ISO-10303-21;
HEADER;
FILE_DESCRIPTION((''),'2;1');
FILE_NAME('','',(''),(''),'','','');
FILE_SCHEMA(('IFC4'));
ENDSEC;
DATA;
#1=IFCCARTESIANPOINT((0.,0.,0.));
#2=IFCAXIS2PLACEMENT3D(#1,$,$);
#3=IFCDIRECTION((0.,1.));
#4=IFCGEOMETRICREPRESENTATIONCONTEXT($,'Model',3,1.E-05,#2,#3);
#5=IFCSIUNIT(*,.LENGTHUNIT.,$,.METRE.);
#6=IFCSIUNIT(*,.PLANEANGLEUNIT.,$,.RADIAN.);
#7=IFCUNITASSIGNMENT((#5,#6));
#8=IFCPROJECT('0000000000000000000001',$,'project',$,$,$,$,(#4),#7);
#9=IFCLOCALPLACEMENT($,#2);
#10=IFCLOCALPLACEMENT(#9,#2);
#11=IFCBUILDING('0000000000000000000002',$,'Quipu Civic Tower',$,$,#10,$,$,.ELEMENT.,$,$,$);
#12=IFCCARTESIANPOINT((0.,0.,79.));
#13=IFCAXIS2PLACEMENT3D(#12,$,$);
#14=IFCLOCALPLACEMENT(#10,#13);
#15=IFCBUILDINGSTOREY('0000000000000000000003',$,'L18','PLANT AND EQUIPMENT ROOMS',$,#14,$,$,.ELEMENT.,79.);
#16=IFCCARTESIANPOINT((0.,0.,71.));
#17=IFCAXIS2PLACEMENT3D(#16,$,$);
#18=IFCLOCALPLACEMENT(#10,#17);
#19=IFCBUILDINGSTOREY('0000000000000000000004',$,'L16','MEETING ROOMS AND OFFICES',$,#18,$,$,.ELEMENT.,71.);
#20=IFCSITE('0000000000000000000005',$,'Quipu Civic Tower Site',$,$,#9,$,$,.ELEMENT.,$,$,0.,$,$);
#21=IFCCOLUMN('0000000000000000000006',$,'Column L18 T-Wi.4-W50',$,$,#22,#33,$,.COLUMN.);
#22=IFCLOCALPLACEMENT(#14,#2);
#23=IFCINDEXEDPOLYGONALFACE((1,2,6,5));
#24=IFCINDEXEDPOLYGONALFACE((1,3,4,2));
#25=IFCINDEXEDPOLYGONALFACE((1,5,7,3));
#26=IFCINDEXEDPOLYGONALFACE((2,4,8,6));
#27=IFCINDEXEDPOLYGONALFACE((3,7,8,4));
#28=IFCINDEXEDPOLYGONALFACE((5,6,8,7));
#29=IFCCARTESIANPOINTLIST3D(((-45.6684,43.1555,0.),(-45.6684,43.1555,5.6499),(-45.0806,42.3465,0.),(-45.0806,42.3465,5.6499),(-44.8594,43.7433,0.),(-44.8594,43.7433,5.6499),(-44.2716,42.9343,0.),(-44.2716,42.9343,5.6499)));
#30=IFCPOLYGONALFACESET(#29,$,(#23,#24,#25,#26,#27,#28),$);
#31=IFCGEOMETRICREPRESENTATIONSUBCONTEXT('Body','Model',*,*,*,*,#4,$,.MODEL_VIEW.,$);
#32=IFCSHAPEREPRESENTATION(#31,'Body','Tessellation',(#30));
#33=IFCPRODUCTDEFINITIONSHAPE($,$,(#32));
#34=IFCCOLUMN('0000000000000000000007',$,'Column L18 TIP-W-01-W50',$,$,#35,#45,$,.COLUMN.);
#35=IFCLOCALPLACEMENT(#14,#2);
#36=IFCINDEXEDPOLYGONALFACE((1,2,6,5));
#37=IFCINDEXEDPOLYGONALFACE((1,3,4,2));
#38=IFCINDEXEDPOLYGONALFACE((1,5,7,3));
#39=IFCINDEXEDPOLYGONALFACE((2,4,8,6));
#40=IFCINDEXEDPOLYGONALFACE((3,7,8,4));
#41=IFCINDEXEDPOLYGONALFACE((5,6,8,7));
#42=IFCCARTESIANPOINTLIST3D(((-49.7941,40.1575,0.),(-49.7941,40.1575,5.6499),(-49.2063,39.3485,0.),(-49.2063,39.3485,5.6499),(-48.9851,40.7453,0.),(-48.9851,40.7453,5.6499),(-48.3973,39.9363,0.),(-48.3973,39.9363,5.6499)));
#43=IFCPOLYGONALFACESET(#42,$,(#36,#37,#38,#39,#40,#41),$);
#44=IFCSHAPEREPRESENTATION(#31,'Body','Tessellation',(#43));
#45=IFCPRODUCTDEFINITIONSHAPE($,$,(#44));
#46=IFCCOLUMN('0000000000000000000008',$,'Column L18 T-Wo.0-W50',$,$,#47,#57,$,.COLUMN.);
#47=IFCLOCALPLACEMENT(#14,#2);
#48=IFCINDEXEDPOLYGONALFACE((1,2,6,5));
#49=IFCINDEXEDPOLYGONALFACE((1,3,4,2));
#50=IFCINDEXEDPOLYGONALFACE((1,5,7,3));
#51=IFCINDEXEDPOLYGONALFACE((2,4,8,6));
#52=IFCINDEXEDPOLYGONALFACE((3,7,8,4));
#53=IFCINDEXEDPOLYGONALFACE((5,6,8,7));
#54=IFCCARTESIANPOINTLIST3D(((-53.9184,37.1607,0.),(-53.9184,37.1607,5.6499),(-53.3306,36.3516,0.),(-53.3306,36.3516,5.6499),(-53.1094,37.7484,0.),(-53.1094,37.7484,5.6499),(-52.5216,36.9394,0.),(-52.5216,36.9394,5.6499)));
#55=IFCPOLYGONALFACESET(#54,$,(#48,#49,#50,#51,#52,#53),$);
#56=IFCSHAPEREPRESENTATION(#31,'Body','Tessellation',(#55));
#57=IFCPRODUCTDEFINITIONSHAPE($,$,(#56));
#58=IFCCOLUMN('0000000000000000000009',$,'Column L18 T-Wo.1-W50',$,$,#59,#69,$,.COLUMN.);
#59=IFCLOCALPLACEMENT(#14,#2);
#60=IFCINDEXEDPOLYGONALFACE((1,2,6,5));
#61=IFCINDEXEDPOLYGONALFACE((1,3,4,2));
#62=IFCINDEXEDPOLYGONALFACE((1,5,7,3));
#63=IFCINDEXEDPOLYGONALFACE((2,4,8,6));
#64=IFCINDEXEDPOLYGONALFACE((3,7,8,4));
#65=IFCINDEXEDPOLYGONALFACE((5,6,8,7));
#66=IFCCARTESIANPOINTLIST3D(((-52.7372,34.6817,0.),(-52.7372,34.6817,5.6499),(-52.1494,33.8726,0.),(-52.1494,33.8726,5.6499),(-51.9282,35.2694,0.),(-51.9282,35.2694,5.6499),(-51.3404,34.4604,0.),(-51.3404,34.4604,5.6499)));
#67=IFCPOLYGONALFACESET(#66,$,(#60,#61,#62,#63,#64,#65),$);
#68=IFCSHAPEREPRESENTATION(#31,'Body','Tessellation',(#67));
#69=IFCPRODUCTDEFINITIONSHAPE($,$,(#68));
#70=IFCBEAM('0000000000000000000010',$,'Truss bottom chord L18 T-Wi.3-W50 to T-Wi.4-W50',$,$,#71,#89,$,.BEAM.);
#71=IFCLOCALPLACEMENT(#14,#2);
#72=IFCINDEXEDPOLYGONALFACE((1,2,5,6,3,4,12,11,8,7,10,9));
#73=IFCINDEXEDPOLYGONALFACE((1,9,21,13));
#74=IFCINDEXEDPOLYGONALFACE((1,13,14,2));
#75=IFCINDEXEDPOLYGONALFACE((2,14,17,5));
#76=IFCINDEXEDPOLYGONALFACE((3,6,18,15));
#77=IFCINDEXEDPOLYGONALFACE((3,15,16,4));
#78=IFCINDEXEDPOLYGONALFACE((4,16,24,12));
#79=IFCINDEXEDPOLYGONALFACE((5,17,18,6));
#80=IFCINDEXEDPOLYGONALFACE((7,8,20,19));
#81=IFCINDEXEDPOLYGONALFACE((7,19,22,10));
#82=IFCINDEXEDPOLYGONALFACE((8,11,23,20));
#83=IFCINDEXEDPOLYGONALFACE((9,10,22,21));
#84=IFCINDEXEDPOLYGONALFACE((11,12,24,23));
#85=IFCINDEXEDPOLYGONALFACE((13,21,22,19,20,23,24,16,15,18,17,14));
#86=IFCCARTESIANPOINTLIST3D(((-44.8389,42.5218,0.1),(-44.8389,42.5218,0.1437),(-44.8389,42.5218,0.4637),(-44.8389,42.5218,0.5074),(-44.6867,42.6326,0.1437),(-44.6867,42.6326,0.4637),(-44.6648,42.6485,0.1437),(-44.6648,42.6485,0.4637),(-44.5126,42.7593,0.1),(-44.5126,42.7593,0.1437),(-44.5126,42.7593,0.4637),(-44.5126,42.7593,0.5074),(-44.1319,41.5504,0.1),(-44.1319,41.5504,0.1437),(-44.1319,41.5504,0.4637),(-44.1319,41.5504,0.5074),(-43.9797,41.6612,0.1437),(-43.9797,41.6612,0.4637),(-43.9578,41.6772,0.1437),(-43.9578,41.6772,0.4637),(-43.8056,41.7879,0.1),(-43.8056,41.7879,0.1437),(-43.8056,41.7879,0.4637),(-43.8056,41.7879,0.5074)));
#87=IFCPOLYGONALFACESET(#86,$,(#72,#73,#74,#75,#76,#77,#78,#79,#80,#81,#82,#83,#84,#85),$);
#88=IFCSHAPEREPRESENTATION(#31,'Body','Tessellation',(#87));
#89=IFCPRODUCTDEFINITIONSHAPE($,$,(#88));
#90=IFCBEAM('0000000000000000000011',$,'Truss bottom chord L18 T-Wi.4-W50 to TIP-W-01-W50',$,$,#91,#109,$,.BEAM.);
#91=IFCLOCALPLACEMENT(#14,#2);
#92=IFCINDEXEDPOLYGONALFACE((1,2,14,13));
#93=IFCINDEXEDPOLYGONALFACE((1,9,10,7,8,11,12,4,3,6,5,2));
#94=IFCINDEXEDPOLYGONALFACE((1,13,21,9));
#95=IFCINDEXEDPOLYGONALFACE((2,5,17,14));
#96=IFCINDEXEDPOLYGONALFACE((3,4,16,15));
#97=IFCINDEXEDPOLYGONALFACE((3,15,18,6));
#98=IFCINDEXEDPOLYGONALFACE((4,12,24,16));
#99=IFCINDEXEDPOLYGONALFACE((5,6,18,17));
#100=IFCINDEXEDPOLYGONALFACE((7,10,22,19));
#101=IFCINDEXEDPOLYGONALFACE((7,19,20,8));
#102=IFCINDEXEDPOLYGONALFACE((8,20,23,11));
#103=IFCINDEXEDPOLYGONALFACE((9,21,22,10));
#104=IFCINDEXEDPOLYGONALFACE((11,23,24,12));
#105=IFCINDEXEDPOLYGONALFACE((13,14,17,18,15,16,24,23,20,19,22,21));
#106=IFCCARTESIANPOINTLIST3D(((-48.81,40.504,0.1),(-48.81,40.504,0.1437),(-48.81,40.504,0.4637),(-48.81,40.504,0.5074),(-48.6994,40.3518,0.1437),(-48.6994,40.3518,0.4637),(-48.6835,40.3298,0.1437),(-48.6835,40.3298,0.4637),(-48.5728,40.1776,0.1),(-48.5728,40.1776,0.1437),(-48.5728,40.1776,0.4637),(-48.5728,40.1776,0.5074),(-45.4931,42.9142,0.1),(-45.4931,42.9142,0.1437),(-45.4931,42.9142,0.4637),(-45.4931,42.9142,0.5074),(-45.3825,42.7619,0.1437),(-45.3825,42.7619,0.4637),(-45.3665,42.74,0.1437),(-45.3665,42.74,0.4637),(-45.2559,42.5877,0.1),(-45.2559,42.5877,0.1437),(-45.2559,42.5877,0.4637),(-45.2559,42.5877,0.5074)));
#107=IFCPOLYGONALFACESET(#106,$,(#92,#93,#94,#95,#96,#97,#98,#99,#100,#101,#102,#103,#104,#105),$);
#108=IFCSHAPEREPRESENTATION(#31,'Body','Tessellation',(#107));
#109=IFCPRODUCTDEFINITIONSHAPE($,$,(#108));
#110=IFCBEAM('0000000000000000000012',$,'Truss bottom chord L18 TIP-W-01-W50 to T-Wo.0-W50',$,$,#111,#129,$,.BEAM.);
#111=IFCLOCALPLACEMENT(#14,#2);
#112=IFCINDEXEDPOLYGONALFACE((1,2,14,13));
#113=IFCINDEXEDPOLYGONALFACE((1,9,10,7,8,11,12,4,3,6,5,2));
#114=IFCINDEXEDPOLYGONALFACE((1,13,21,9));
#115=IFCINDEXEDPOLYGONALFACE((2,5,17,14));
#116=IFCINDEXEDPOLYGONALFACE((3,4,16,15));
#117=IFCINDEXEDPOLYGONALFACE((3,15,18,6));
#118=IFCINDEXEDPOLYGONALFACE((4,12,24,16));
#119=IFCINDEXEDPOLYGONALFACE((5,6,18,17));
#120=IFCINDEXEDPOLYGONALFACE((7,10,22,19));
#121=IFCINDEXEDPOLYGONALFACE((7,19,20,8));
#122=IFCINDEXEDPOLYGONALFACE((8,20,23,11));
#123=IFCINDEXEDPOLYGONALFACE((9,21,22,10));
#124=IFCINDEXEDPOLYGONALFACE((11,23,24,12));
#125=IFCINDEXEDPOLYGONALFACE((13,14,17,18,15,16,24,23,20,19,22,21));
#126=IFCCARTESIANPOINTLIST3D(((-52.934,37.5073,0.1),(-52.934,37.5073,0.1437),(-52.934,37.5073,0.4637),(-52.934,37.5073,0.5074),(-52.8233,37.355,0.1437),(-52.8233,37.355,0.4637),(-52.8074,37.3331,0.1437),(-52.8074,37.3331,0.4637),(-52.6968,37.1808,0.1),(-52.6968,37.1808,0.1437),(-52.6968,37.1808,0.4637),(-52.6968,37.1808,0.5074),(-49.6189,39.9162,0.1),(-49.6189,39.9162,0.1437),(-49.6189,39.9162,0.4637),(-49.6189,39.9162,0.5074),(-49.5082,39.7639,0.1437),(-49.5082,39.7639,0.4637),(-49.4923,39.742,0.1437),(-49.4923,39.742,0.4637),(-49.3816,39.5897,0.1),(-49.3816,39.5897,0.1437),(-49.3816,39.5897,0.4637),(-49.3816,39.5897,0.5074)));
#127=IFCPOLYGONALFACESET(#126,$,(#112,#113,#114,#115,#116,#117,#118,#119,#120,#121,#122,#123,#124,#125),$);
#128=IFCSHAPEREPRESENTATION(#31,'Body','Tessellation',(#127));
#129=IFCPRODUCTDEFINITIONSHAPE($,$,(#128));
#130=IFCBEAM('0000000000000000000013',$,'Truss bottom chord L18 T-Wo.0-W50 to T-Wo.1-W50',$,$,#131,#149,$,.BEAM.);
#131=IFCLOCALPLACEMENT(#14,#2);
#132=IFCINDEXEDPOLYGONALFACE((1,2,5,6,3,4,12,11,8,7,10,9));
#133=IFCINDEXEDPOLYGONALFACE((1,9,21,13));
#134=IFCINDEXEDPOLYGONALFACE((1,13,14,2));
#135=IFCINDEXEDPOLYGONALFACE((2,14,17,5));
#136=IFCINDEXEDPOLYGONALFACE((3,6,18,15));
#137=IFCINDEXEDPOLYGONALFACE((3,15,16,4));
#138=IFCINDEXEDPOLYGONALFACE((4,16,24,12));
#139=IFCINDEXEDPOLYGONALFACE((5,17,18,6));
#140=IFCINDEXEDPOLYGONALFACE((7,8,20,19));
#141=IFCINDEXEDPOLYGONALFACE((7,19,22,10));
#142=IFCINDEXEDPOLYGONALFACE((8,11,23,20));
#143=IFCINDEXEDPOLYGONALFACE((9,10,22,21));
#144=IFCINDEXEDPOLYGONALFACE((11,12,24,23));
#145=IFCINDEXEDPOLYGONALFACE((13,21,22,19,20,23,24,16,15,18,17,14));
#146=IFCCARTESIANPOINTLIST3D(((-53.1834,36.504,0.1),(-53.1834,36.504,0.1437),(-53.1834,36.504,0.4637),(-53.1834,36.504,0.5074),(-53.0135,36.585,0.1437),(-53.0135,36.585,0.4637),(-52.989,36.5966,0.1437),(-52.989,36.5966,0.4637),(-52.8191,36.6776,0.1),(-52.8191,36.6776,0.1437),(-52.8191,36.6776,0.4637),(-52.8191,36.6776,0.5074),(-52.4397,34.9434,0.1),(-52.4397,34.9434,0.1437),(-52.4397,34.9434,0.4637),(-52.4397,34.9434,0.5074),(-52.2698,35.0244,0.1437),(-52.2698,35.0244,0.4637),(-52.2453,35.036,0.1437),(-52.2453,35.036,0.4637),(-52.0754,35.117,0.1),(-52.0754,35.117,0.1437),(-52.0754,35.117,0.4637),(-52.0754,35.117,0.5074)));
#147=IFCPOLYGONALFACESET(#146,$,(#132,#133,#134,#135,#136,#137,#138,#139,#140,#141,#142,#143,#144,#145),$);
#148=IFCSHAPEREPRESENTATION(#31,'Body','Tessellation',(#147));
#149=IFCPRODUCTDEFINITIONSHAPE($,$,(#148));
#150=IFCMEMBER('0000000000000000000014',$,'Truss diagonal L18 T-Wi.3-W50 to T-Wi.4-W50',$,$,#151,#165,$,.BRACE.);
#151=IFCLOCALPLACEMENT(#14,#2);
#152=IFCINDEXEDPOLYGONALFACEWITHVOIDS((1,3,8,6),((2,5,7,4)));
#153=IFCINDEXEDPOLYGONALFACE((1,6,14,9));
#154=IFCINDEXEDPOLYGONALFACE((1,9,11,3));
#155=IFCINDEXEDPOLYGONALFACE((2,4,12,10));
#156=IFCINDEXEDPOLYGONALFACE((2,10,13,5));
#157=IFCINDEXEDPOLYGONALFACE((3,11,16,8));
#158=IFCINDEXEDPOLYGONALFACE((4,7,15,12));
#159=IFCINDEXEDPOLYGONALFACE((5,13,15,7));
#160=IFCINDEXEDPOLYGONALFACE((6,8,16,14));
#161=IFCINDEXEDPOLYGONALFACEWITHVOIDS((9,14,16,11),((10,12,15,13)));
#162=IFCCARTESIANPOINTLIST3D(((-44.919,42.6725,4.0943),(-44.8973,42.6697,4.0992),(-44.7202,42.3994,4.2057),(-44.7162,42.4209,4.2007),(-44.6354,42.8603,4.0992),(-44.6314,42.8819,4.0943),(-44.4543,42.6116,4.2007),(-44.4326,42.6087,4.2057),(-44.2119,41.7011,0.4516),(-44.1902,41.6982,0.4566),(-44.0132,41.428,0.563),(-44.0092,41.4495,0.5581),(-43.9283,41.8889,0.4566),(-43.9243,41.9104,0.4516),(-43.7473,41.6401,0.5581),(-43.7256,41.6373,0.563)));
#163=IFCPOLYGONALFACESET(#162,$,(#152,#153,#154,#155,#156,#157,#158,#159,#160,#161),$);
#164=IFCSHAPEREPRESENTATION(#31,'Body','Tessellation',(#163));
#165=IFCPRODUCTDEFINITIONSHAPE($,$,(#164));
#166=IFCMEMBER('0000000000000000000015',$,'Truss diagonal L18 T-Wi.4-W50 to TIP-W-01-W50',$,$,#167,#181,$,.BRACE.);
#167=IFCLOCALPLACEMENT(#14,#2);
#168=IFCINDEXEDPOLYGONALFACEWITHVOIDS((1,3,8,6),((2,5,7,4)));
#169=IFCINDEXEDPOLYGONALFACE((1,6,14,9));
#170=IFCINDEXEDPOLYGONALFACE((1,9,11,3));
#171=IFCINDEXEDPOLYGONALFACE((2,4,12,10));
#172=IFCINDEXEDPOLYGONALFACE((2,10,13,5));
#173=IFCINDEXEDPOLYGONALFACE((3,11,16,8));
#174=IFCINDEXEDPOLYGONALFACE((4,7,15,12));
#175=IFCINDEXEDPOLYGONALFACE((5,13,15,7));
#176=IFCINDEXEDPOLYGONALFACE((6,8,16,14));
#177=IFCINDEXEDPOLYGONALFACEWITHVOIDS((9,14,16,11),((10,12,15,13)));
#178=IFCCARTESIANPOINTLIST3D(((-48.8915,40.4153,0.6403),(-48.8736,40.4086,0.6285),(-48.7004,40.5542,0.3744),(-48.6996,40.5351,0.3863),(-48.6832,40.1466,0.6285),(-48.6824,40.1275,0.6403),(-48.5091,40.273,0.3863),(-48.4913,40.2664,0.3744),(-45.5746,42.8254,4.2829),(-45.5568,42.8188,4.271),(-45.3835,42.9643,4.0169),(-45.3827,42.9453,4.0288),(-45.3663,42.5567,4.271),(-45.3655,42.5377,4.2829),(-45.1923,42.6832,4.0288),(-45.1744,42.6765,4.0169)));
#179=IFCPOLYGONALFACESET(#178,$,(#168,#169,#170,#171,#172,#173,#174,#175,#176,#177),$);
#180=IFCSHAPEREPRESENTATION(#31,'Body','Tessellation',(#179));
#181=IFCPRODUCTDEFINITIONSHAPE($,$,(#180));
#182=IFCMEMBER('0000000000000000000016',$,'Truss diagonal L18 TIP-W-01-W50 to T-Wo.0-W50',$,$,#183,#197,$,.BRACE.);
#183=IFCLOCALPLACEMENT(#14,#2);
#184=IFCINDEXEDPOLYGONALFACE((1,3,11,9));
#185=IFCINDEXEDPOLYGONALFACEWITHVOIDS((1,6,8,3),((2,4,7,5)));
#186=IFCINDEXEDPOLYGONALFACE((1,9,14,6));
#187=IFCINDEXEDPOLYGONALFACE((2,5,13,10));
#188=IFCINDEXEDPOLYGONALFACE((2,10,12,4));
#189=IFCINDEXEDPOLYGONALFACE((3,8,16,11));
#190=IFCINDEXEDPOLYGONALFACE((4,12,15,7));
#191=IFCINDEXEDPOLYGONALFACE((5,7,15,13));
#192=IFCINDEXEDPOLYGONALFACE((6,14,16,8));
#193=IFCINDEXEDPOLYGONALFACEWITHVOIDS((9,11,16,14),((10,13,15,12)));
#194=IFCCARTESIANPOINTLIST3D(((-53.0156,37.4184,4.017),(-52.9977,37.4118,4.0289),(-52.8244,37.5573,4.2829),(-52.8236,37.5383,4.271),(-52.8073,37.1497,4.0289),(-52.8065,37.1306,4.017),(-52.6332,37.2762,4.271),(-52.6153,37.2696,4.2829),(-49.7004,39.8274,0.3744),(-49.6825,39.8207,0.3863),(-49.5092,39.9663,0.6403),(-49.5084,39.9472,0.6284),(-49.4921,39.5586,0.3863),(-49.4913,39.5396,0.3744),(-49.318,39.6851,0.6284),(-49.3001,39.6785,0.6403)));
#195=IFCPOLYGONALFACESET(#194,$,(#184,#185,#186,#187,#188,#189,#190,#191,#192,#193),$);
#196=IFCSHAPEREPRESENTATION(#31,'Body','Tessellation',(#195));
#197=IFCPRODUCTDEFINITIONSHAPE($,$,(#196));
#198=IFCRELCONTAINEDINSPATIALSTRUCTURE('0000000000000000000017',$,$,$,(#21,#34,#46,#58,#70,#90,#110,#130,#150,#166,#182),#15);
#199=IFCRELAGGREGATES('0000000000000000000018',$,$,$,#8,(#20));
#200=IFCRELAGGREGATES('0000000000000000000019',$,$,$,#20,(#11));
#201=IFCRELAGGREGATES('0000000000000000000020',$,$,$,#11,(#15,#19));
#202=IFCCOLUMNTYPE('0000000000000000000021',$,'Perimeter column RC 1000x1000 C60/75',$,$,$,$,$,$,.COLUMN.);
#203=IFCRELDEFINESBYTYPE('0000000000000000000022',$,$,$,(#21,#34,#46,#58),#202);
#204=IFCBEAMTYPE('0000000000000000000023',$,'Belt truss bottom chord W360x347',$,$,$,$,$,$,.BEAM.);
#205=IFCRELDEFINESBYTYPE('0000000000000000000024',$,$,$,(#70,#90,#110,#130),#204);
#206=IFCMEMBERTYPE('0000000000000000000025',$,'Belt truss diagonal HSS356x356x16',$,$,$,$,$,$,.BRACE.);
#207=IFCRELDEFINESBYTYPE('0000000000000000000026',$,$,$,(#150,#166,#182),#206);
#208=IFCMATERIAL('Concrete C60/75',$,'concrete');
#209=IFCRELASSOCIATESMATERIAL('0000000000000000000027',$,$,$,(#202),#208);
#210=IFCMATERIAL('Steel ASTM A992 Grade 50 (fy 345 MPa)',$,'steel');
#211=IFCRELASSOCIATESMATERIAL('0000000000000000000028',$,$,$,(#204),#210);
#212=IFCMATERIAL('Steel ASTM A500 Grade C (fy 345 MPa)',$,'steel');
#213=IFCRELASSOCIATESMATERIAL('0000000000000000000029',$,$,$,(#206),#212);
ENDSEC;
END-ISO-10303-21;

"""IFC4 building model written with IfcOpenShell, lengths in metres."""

from ifc_helpers import new_model, si_unit, direction, frame, origin, origin_2d, place, context, subcontext, project, spatial, rectangle, hollow_rectangle, i_section, extrude, material, material_profile, profile_set, type_object, element, save


model = new_model("IFC4")

# Units and contexts
model_context = context("Model", 3, precision=1e-05, world=origin(), true_north=direction((0.0, 1.0)))
body_context = subcontext(model_context, "Body", "Model", "MODEL_VIEW")
ifc_project = project(units=[si_unit("LENGTHUNIT", "METRE"), si_unit("PLANEANGLEUNIT", "RADIAN")], contexts=[model_context])

# Site, building, storey
site_placement = place(None, origin())
site = spatial("IfcSite", under=ifc_project, at=site_placement, Name="Quipu Civic Tower Site", CompositionType="ELEMENT", RefElevation=0.0)
building_placement = place(site_placement, origin())
building = spatial("IfcBuilding", under=site, at=building_placement, Name="Quipu Civic Tower", CompositionType="ELEMENT")
storey_1_placement = place(building_placement, frame((0.0, 0.0, 79.0)))
storey_1 = spatial("IfcBuildingStorey", under=building, at=storey_1_placement, Name="L18", Description="PLANT AND EQUIPMENT ROOMS", CompositionType="ELEMENT", Elevation=79.0)

# Columns
ifc_material_1 = material(Name="Concrete C60/75", Category="concrete")
ifc_material_profile_1 = material_profile(ifc_material_1, rectangle(XDim=1.0, YDim=1.0, at=origin_2d()), Name="RC1000x1000")
ifc_profile_set_1 = profile_set([ifc_material_profile_1], Name="Concrete C60/75")
column_type = type_object("IfcColumnType", Name="Perimeter column RC 1000x1000 C60/75", PredefinedType="COLUMN", material=ifc_profile_set_1)
for number, where, z_axis, x_axis, name in (
    (1, (-44.97, 43.0449, 0.0), (0.0, 0.0, 1.0), (-0.809017, -0.587785, 0.0), "Column L18 T-Wi.4-W50"),
    (2, (-49.0957, 40.0469, 0.0), (0.0, 0.0, 1.0), (-0.809017, -0.587785, 0.0), "Column L18 TIP-W-01-W50"),
    (3, (-53.22, 37.05, 0.0), (0.0, 0.0, 1.0), (0.587785, -0.809017, 0.0), "Column L18 T-Wo.0-W50"),
    (4, (-52.0388, 34.571, 0.0), (0.0, 0.0, 1.0), (-0.809017, -0.587785, 0.0), "Column L18 T-Wo.1-W50"),
):
    element("IfcColumn", number, at=place(storey_1_placement, frame(where, z_axis=z_axis, x_axis=x_axis)), inside=storey_1, type_object=column_type, Name=name, PredefinedType="COLUMN", context=body_context, shape_type="SweptSolid", body=[
        extrude(rectangle(XDim=1.0, YDim=1.0, at=origin_2d()), origin(), (0.0, 0.0, 1.0), 5.6499),
    ])

# Beams
ifc_material_2 = material(Name="Steel ASTM A992 Grade 50 (fy 345 MPa)", Category="steel")
ifc_material_profile_2 = material_profile(ifc_material_2, i_section(OverallWidth=0.4036, OverallDepth=0.4075, WebThickness=0.0271, FlangeThickness=0.0437, at=origin_2d()), Name="W360x347")
ifc_profile_set_2 = profile_set([ifc_material_profile_2], Name="Steel ASTM A992 Grade 50 (fy 345 MPa)")
beam_type_1 = type_object("IfcBeamType", Name="Belt truss bottom chord W360x347", PredefinedType="BEAM", material=ifc_profile_set_2)
beam_1_placement = place(storey_1_placement, frame((-43.9688, 41.6692, 0.3037), z_axis=(-0.588462, 0.808525, 0.0), x_axis=(-0.808525, -0.588462, 0.0)))
element("IfcBeam", 5, at=beam_1_placement, inside=storey_1, type_object=beam_type_1, Name="Truss bottom chord L18 T-Wi.3-W50 to T-Wi.4-W50", PredefinedType="BEAM", context=body_context, shape_type="SweptSolid", body=[
    extrude(i_section(OverallWidth=0.4036, OverallDepth=0.4075, WebThickness=0.0271, FlangeThickness=0.0437, at=origin_2d()), origin(), (0.0, 0.0, 1.0), 1.2014),
])
beam_2_placement = place(storey_1_placement, frame((-45.3745, 42.751, 0.3037), z_axis=(-0.808983, -0.587832, 0.0), x_axis=(0.587832, -0.808983, 0.0)))
element("IfcBeam", 6, at=beam_2_placement, inside=storey_1, type_object=beam_type_1, Name="Truss bottom chord L18 T-Wi.4-W50 to TIP-W-01-W50", PredefinedType="BEAM", context=body_context, shape_type="SweptSolid", body=[
    extrude(i_section(OverallWidth=0.4036, OverallDepth=0.4075, WebThickness=0.0271, FlangeThickness=0.0437, at=origin_2d()), origin(), (0.0, 0.0, 1.0), 4.1001),
])
beam_3_placement = place(storey_1_placement, frame((-49.5002, 39.7529, 0.3037), z_axis=(-0.808981, -0.587835, 0.0), x_axis=(0.587835, -0.808981, 0.0)))
element("IfcBeam", 7, at=beam_3_placement, inside=storey_1, type_object=beam_type_1, Name="Truss bottom chord L18 TIP-W-01-W50 to T-Wo.0-W50", PredefinedType="BEAM", context=body_context, shape_type="SweptSolid", body=[
    extrude(i_section(OverallWidth=0.4036, OverallDepth=0.4075, WebThickness=0.0271, FlangeThickness=0.0437, at=origin_2d()), origin(), (0.0, 0.0, 1.0), 4.0979),
])
beam_4_placement = place(storey_1_placement, frame((-53.0012, 36.5908, 0.3037), z_axis=(0.430186, -0.90274, 0.0), x_axis=(0.90274, 0.430186, 0.0)))
element("IfcBeam", 8, at=beam_4_placement, inside=storey_1, type_object=beam_type_1, Name="Truss bottom chord L18 T-Wo.0-W50 to T-Wo.1-W50", PredefinedType="BEAM", context=body_context, shape_type="SweptSolid", body=[
    extrude(i_section(OverallWidth=0.4036, OverallDepth=0.4075, WebThickness=0.0271, FlangeThickness=0.0437, at=origin_2d()), origin(), (0.0, 0.0, 1.0), 1.7288),
])

# Members
ifc_material_3 = material(Name="Steel ASTM A500 Grade C (fy 345 MPa)", Category="steel")
ifc_material_profile_3 = material_profile(ifc_material_3, hollow_rectangle(XDim=0.3557, YDim=0.3557, WallThickness=0.0159, at=origin_2d()), Name="HSS356x356x16")
ifc_profile_set_3 = profile_set([ifc_material_profile_3], Name="Steel ASTM A500 Grade C (fy 345 MPa)")
member_type_1 = type_object("IfcMemberType", Name="Belt truss diagonal HSS356x356x16", PredefinedType="BRACE", material=ifc_profile_set_3)
member_1_placement = place(storey_1_placement, frame((-43.9688, 41.6692, 0.5073), z_axis=(-0.184333, 0.253267, 0.949672), x_axis=(-0.808525, -0.588462, 0.0)))
element("IfcMember", 9, at=member_1_placement, inside=storey_1, type_object=member_type_1, Name="Truss diagonal L18 T-Wi.3-W50 to T-Wi.4-W50", PredefinedType="BRACE", context=body_context, shape_type="SweptSolid", body=[
    extrude(hollow_rectangle(XDim=0.3557, YDim=0.3557, WallThickness=0.0159, at=origin_2d()), origin(), (0.0, 0.0, 1.0), 3.8357),
])
member_2_placement = place(storey_1_placement, frame((-45.3745, 42.751, 4.1499), z_axis=(-0.604783, -0.439454, -0.664167), x_axis=(0.587832, -0.808983, 0.0)))
element("IfcMember", 10, at=member_2_placement, inside=storey_1, type_object=member_type_1, Name="Truss diagonal L18 T-Wi.4-W50 to TIP-W-01-W50", PredefinedType="BRACE", context=body_context, shape_type="SweptSolid", body=[
    extrude(hollow_rectangle(XDim=0.3557, YDim=0.3557, WallThickness=0.0159, at=origin_2d()), origin(), (0.0, 0.0, 1.0), 5.4844),
])
member_3_placement = place(storey_1_placement, frame((-49.5002, 39.7529, 0.5073), z_axis=(-0.604645, -0.439357, 0.664357), x_axis=(0.587835, -0.808981, 0.0)))
element("IfcMember", 11, at=member_3_placement, inside=storey_1, type_object=member_type_1, Name="Truss diagonal L18 TIP-W-01-W50 to T-Wo.0-W50", PredefinedType="BRACE", context=body_context, shape_type="SweptSolid", body=[
    extrude(hollow_rectangle(XDim=0.3557, YDim=0.3557, WallThickness=0.0159, at=origin_2d()), origin(), (0.0, 0.0, 1.0), 5.4829),
])

# Shared definitions
storey_2_placement = place(building_placement, frame((0.0, 0.0, 71.0)))
storey_2 = spatial("IfcBuildingStorey", under=building, at=storey_2_placement, Name="L16", Description="MEETING ROOMS AND OFFICES", CompositionType="ELEMENT", Elevation=71.0)

save(model, "model.ifc")
